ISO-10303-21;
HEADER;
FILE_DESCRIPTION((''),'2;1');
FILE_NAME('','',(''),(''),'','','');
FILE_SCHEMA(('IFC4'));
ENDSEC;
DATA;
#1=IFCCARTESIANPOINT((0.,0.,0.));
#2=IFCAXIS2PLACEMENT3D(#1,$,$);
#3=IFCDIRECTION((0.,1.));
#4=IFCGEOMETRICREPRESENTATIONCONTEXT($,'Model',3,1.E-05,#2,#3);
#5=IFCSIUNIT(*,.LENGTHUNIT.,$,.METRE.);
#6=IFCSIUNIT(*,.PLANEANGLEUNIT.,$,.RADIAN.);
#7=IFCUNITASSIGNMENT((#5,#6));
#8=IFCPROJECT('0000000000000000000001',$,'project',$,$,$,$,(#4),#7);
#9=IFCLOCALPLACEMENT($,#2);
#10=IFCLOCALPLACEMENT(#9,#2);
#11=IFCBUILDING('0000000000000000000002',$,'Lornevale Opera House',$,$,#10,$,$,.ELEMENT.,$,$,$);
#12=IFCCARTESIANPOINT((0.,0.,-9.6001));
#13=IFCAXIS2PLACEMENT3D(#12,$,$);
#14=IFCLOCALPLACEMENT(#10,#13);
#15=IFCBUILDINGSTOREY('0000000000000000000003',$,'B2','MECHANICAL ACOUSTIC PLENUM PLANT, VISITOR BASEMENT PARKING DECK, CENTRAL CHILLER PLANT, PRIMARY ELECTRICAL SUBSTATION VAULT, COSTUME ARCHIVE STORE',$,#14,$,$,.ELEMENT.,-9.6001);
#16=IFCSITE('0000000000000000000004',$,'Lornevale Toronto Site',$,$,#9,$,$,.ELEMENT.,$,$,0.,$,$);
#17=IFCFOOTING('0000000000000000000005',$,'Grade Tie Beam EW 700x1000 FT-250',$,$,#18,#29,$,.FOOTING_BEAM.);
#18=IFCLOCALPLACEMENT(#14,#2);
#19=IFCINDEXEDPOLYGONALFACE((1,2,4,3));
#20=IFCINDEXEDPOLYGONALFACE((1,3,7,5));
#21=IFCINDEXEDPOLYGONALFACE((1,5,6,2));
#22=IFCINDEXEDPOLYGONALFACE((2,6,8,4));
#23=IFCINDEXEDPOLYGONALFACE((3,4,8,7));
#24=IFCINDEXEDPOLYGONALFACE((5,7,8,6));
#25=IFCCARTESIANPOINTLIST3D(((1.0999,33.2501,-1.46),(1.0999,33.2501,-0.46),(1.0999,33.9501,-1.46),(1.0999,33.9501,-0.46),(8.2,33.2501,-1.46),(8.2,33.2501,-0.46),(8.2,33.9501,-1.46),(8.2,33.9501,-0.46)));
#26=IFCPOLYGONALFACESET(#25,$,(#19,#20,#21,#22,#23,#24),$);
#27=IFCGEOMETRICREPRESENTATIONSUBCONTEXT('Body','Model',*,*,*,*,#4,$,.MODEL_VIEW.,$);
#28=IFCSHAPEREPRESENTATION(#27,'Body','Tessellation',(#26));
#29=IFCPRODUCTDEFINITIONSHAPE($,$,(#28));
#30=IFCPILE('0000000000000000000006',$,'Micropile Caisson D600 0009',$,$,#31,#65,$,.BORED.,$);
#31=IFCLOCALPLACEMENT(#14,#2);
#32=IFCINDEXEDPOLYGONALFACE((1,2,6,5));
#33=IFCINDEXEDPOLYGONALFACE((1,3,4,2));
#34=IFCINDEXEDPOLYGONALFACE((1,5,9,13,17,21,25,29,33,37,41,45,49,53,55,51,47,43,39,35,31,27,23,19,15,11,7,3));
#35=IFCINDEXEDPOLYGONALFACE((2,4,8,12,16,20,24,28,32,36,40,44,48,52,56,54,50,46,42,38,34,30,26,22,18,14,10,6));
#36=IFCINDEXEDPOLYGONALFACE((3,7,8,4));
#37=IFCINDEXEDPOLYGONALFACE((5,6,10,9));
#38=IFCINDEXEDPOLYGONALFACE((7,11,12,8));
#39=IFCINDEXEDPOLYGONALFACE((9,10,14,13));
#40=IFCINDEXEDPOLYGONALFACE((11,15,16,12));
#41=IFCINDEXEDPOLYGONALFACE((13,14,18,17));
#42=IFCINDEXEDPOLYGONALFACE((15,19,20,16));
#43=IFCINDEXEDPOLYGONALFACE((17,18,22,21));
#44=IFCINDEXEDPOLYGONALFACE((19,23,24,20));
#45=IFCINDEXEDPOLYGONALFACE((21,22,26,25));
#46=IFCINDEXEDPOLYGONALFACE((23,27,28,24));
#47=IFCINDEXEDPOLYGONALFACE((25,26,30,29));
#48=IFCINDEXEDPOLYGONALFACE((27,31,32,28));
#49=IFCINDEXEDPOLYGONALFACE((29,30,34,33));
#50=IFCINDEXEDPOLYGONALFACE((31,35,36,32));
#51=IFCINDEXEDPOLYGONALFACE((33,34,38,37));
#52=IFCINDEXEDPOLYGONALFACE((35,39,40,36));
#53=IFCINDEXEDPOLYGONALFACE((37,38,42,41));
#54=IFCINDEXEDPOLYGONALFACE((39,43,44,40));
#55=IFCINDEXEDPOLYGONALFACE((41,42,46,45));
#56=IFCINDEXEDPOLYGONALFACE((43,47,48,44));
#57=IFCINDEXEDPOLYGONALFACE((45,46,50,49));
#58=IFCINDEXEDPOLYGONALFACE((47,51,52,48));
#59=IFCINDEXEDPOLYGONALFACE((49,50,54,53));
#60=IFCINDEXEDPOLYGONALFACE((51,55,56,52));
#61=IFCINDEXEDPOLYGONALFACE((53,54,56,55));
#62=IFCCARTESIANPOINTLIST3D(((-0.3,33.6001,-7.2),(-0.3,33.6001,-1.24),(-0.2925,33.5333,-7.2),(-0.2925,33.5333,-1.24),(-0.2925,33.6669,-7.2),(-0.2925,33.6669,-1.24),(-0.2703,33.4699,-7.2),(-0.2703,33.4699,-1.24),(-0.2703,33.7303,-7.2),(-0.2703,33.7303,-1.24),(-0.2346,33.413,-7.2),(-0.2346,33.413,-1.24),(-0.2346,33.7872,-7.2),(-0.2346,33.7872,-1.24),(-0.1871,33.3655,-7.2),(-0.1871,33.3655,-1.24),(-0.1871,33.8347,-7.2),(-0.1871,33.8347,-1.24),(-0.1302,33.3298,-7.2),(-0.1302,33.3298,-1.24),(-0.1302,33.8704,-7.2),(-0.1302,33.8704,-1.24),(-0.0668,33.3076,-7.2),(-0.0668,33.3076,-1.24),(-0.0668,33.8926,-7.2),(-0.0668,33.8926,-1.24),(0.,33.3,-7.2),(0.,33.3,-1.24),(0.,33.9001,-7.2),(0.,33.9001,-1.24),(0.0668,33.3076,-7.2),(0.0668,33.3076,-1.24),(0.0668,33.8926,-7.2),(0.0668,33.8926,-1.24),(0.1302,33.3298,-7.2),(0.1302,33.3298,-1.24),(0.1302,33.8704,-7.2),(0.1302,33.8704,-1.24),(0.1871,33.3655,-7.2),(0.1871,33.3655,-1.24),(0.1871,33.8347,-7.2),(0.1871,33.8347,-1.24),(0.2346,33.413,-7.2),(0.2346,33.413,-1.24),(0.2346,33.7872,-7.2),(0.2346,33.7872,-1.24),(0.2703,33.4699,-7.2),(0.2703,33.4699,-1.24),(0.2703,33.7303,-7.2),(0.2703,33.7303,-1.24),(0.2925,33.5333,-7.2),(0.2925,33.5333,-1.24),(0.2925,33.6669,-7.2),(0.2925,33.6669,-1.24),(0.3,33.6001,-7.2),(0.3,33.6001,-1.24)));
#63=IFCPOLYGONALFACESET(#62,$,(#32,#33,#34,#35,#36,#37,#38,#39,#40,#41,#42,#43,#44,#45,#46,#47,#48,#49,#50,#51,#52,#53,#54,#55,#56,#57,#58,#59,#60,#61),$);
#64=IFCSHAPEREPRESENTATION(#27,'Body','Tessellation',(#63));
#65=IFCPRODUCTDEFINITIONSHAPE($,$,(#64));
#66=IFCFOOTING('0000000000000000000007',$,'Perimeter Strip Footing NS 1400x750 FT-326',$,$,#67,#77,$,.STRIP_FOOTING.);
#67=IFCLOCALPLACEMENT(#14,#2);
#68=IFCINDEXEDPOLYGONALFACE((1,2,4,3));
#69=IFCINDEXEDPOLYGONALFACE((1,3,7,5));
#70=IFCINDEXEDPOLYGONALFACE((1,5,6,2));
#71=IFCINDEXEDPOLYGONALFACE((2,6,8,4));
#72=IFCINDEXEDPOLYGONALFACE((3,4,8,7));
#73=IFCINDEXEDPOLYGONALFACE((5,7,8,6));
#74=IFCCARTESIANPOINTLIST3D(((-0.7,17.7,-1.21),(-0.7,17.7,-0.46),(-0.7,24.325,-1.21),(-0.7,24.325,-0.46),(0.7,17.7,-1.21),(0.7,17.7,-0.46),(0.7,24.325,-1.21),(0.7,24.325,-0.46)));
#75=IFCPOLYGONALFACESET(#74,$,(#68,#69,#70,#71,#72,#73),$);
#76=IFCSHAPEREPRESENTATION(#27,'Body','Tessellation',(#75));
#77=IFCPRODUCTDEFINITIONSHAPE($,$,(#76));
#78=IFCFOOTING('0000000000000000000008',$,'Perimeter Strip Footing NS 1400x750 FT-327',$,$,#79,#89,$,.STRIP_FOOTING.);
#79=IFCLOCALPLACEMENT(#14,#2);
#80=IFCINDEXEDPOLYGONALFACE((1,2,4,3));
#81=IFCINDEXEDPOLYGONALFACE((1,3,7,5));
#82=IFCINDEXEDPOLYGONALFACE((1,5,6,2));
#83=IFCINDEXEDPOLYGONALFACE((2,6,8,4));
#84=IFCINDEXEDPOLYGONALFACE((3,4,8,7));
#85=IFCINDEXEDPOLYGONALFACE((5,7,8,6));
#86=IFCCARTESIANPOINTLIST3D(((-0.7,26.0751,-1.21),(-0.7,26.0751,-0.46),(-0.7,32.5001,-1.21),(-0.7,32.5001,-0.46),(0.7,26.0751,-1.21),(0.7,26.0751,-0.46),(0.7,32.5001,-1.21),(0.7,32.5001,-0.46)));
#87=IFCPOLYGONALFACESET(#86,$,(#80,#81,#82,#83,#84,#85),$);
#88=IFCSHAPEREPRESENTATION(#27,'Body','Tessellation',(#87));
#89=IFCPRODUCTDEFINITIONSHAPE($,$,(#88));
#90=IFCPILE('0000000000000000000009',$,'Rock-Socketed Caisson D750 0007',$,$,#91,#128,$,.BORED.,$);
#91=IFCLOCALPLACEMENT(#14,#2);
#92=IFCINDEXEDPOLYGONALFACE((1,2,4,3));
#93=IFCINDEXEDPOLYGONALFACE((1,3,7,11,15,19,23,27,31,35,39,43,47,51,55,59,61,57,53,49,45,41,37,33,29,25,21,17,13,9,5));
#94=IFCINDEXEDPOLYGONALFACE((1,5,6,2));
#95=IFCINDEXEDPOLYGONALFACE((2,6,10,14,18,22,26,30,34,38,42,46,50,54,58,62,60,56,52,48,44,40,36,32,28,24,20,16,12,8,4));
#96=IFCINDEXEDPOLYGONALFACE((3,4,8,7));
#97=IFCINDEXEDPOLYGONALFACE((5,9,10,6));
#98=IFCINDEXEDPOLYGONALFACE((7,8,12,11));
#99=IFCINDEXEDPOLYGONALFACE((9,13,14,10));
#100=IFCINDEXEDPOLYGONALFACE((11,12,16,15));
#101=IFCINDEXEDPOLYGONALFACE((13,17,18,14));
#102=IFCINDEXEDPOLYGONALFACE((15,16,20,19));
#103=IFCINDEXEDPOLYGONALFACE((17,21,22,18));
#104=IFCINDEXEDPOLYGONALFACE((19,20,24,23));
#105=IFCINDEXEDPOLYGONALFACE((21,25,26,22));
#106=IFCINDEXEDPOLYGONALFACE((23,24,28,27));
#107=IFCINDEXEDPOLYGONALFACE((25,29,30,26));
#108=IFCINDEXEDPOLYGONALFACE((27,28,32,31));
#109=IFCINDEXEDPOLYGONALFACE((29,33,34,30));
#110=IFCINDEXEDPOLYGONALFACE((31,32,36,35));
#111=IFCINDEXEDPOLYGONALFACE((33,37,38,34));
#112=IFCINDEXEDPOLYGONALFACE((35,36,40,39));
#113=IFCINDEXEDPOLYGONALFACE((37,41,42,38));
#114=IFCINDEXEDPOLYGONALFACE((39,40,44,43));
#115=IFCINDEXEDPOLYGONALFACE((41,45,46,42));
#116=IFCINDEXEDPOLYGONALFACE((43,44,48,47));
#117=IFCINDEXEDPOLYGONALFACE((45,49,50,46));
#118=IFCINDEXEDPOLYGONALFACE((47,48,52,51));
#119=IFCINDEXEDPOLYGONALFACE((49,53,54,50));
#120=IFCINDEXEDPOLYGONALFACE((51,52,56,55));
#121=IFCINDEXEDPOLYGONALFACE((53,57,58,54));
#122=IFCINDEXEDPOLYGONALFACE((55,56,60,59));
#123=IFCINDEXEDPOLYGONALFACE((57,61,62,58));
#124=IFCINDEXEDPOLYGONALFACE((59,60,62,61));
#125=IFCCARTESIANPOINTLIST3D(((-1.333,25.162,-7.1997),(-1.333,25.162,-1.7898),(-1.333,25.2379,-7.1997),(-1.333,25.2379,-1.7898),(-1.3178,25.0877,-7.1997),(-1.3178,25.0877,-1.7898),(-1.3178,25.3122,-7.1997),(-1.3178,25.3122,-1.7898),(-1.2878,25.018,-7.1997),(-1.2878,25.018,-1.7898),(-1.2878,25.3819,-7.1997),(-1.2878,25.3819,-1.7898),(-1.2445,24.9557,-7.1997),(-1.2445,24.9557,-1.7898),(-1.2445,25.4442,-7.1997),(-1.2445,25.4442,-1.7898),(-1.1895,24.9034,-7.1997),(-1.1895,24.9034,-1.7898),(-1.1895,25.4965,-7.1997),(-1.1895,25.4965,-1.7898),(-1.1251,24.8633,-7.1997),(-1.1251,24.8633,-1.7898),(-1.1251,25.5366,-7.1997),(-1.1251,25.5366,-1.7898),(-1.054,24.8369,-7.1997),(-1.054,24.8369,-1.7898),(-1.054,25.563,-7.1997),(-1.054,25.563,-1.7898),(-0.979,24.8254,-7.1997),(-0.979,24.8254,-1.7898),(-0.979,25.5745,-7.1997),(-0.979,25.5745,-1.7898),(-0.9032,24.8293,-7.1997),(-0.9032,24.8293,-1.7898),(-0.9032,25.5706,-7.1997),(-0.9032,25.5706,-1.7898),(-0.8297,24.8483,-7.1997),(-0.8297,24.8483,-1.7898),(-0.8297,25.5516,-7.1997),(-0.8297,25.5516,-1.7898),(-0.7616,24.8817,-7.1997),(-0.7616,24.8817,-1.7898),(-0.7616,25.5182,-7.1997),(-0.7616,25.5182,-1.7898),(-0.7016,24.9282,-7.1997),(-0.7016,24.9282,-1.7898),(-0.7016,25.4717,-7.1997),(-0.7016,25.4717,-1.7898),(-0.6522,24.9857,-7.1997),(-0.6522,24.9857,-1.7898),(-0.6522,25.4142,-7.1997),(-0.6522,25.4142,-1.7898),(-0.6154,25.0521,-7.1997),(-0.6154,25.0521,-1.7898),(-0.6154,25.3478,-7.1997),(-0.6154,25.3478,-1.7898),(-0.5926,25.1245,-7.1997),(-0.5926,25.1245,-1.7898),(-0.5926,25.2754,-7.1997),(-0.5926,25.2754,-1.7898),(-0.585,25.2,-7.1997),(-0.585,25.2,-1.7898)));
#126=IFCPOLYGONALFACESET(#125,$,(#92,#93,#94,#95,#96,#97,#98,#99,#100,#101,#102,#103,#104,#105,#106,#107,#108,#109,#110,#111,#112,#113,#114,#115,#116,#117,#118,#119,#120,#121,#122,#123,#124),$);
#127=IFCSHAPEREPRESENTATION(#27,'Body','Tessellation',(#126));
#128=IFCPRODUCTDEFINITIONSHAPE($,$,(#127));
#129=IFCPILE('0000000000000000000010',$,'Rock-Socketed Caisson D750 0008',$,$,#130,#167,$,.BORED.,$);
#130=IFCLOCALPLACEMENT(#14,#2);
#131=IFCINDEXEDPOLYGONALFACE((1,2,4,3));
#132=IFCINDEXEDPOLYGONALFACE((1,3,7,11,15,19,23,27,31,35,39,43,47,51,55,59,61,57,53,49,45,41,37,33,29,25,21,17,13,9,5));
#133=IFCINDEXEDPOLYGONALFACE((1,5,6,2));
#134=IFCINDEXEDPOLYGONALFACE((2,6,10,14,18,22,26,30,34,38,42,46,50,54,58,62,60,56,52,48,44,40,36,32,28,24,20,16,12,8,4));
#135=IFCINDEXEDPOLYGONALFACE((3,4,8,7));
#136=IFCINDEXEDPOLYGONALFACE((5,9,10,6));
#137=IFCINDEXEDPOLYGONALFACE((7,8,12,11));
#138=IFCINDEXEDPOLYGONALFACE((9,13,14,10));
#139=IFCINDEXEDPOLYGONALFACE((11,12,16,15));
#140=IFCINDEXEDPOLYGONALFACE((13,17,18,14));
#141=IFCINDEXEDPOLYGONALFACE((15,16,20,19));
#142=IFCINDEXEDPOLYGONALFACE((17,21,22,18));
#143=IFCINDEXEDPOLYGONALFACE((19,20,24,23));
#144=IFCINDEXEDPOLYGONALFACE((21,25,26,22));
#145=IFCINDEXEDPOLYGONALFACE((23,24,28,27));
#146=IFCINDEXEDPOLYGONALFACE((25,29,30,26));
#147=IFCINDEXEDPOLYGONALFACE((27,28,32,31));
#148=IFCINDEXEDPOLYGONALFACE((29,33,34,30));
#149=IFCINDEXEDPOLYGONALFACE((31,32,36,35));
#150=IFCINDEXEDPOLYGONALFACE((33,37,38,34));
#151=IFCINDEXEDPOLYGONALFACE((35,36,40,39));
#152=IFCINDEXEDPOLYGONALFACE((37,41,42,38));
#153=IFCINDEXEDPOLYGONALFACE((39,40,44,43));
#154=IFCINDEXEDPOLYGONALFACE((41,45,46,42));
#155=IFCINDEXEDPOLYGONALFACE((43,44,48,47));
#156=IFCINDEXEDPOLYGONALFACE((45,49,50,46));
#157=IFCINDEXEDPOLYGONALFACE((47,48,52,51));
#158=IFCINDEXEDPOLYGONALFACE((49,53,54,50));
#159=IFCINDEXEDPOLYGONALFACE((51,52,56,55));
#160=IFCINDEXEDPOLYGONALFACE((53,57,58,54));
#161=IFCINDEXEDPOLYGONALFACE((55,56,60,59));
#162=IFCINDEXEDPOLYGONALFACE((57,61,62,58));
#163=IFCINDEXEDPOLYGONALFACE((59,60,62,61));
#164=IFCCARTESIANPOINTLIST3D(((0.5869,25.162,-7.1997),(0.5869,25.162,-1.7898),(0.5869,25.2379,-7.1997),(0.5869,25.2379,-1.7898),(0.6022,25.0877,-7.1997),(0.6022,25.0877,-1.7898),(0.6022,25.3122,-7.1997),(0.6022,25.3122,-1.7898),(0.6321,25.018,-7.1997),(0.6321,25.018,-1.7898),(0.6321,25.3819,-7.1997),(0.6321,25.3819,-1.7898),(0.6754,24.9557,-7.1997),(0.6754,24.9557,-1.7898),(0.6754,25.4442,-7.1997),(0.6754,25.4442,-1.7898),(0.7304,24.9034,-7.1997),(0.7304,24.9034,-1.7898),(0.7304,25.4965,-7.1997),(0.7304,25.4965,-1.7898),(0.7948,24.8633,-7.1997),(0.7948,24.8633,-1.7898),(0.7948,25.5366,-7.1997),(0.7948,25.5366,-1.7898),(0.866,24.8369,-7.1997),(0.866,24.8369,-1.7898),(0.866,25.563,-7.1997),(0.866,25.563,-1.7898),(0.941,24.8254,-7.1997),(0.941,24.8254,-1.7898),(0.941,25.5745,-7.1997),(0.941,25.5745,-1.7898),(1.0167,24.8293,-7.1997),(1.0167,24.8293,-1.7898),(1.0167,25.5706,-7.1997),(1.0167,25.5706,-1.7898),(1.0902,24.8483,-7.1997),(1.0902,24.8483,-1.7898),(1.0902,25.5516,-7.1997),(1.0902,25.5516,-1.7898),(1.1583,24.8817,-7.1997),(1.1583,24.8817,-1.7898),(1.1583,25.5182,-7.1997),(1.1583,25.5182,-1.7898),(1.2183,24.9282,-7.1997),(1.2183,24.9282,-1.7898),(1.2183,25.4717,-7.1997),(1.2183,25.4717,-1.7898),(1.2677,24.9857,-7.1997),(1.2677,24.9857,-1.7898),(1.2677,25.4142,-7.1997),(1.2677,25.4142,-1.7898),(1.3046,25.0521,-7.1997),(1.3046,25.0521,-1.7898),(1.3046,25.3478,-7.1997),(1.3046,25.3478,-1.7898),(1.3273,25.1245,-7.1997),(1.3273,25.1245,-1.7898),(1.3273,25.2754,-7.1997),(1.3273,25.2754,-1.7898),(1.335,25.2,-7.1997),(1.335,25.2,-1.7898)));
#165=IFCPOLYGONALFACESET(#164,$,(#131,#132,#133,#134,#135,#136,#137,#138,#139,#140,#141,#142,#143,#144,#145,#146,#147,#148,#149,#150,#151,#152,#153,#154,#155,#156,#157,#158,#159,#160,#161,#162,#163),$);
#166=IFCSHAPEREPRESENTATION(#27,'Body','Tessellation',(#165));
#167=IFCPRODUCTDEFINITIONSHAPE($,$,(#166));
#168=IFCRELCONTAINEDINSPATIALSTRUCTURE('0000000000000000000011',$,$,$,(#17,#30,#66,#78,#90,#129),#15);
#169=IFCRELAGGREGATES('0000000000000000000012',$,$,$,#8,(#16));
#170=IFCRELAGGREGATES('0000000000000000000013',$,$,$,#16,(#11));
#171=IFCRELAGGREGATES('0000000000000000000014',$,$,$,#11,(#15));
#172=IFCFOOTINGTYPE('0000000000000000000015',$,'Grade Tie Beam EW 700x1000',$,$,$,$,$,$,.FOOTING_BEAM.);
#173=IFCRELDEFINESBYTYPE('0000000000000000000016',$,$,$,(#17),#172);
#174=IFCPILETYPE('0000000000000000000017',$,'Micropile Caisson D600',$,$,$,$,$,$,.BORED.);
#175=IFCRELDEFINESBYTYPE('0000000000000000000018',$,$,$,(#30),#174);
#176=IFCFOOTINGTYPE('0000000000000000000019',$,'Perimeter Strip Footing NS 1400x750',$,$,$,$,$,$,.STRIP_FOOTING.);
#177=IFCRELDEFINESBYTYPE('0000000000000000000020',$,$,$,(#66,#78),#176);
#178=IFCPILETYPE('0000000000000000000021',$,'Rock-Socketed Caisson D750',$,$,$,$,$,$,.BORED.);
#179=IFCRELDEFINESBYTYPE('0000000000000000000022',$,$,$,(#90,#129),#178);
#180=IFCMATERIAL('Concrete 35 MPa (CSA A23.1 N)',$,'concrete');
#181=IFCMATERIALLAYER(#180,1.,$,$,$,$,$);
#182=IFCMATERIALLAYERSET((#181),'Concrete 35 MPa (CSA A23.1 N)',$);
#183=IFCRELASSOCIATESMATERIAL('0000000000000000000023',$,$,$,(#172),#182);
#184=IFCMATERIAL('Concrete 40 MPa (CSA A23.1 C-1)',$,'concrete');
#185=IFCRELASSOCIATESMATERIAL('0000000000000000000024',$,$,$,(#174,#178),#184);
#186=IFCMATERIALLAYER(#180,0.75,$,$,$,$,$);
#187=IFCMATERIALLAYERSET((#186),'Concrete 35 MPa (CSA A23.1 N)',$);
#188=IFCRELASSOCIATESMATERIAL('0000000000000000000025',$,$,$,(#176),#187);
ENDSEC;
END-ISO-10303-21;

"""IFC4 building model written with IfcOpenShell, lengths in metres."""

from ifc_helpers import new_model, si_unit, direction, frame, origin, origin_2d, place, context, subcontext, project, spatial, rectangle, circle, extrude, material, layer, layer_set, material_profile, profile_set, type_object, element, save


model = new_model("IFC4")

# Units and contexts
model_context = context("Model", 3, precision=1e-05, world=origin(), true_north=direction((0.0, 1.0)))
body_context = subcontext(model_context, "Body", "Model", "MODEL_VIEW")
ifc_project = project(units=[si_unit("LENGTHUNIT", "METRE"), si_unit("PLANEANGLEUNIT", "RADIAN")], contexts=[model_context])

# Site, building, storey
site_placement = place(None, origin())
site = spatial("IfcSite", under=ifc_project, at=site_placement, Name="Lornevale Toronto Site", CompositionType="ELEMENT", RefElevation=0.0)
building_placement = place(site_placement, origin())
building = spatial("IfcBuilding", under=site, at=building_placement, Name="Lornevale Opera House", CompositionType="ELEMENT")
storey_placement = place(building_placement, frame((0.0, 0.0, -9.6001)))
storey = spatial("IfcBuildingStorey", under=building, at=storey_placement, Name="B2", Description="MECHANICAL ACOUSTIC PLENUM PLANT, VISITOR BASEMENT PARKING DECK, CENTRAL CHILLER PLANT, PRIMARY ELECTRICAL SUBSTATION VAULT, COSTUME ARCHIVE STORE", CompositionType="ELEMENT", Elevation=-9.6001)

# Footing
ifc_material_1 = material(Name="Concrete 35 MPa (CSA A23.1 N)", Category="concrete")
ifc_layer_1 = layer(ifc_material_1, 1.0)
ifc_layer_set_1 = layer_set([ifc_layer_1], Name="Concrete 35 MPa (CSA A23.1 N)")
footing_type_1 = type_object("IfcFootingType", Name="Grade Tie Beam EW 700x1000", PredefinedType="FOOTING_BEAM", material=ifc_layer_set_1)
footing_1_placement = place(storey_placement, frame((4.6499, 33.6001, -1.46), z_axis=(0.0, 0.0, 1.0), x_axis=(1.0, 0.0, 0.0)))
element("IfcFooting", 1, at=footing_1_placement, inside=storey, type_object=footing_type_1, Name="Grade Tie Beam EW 700x1000 FT-250", PredefinedType="FOOTING_BEAM", context=body_context, shape_type="SweptSolid", body=[
    extrude(rectangle(XDim=7.1001, YDim=0.7, at=origin_2d()), origin(), (0.0, 0.0, 1.0), 1.0),
])

# Pile
ifc_material_2 = material(Name="Concrete 40 MPa (CSA A23.1 C-1)", Category="concrete")
ifc_material_profile_1 = material_profile(ifc_material_2, circle(Radius=0.3, at=origin_2d()), Name="CAIS600")
ifc_profile_set_1 = profile_set([ifc_material_profile_1], Name="Concrete 40 MPa (CSA A23.1 C-1)")
pile_type_1 = type_object("IfcPileType", Name="Micropile Caisson D600", PredefinedType="BORED", material=ifc_profile_set_1)
pile_placement = place(storey_placement, frame((0.0, 33.6001, -1.24), z_axis=(0.0, 0.0, -1.0), x_axis=(1.0, 0.0, 0.0)))
element("IfcPile", 2, at=pile_placement, inside=storey, type_object=pile_type_1, Name="Micropile Caisson D600 0009", PredefinedType="BORED", context=body_context, shape_type="SweptSolid", body=[
    extrude(circle(Radius=0.3, at=origin_2d()), origin(), (0.0, 0.0, 1.0), 5.96),
])

# Footings
ifc_layer_2 = layer(ifc_material_1, 0.75)
ifc_layer_set_2 = layer_set([ifc_layer_2], Name="Concrete 35 MPa (CSA A23.1 N)")
footing_type_2 = type_object("IfcFootingType", Name="Perimeter Strip Footing NS 1400x750", PredefinedType="STRIP_FOOTING", material=ifc_layer_set_2)
footing_2_placement = place(storey_placement, frame((0.0, 21.0125, -1.21), z_axis=(0.0, 0.0, 1.0), x_axis=(1.0, 0.0, 0.0)))
element("IfcFooting", 3, at=footing_2_placement, inside=storey, type_object=footing_type_2, Name="Perimeter Strip Footing NS 1400x750 FT-326", PredefinedType="STRIP_FOOTING", context=body_context, shape_type="SweptSolid", body=[
    extrude(rectangle(XDim=1.3999, YDim=6.625, at=origin_2d()), origin(), (0.0, 0.0, 1.0), 0.75),
])
footing_3_placement = place(storey_placement, frame((0.0, 29.2876, -1.21), z_axis=(0.0, 0.0, 1.0), x_axis=(1.0, 0.0, 0.0)))
element("IfcFooting", 4, at=footing_3_placement, inside=storey, type_object=footing_type_2, Name="Perimeter Strip Footing NS 1400x750 FT-327", PredefinedType="STRIP_FOOTING", context=body_context, shape_type="SweptSolid", body=[
    extrude(rectangle(XDim=1.3999, YDim=6.425, at=origin_2d()), origin(), (0.0, 0.0, 1.0), 0.75),
])

# Piles
ifc_material_profile_2 = material_profile(ifc_material_2, circle(Radius=0.375, at=origin_2d()), Name="CAIS750")
ifc_profile_set_2 = profile_set([ifc_material_profile_2], Name="Concrete 40 MPa (CSA A23.1 C-1)")
pile_type_2 = type_object("IfcPileType", Name="Rock-Socketed Caisson D750", PredefinedType="BORED", material=ifc_profile_set_2)
for number, where, z_axis, x_axis, name in (
    (5, (-0.96, 25.2, -1.7898), (0.0, 0.0, -1.0), (1.0, 0.0, 0.0), "Rock-Socketed Caisson D750 0007"),
    (6, (0.96, 25.2, -1.7898), (0.0, 0.0, -1.0), (1.0, 0.0, 0.0), "Rock-Socketed Caisson D750 0008"),
):
    element("IfcPile", number, at=place(storey_placement, frame(where, z_axis=z_axis, x_axis=x_axis)), inside=storey, type_object=pile_type_2, Name=name, PredefinedType="BORED", context=body_context, shape_type="SweptSolid", body=[
        extrude(circle(Radius=0.375, at=origin_2d()), origin(), (0.0, 0.0, 1.0), 5.4099),
    ])

save(model, "model.ifc")
